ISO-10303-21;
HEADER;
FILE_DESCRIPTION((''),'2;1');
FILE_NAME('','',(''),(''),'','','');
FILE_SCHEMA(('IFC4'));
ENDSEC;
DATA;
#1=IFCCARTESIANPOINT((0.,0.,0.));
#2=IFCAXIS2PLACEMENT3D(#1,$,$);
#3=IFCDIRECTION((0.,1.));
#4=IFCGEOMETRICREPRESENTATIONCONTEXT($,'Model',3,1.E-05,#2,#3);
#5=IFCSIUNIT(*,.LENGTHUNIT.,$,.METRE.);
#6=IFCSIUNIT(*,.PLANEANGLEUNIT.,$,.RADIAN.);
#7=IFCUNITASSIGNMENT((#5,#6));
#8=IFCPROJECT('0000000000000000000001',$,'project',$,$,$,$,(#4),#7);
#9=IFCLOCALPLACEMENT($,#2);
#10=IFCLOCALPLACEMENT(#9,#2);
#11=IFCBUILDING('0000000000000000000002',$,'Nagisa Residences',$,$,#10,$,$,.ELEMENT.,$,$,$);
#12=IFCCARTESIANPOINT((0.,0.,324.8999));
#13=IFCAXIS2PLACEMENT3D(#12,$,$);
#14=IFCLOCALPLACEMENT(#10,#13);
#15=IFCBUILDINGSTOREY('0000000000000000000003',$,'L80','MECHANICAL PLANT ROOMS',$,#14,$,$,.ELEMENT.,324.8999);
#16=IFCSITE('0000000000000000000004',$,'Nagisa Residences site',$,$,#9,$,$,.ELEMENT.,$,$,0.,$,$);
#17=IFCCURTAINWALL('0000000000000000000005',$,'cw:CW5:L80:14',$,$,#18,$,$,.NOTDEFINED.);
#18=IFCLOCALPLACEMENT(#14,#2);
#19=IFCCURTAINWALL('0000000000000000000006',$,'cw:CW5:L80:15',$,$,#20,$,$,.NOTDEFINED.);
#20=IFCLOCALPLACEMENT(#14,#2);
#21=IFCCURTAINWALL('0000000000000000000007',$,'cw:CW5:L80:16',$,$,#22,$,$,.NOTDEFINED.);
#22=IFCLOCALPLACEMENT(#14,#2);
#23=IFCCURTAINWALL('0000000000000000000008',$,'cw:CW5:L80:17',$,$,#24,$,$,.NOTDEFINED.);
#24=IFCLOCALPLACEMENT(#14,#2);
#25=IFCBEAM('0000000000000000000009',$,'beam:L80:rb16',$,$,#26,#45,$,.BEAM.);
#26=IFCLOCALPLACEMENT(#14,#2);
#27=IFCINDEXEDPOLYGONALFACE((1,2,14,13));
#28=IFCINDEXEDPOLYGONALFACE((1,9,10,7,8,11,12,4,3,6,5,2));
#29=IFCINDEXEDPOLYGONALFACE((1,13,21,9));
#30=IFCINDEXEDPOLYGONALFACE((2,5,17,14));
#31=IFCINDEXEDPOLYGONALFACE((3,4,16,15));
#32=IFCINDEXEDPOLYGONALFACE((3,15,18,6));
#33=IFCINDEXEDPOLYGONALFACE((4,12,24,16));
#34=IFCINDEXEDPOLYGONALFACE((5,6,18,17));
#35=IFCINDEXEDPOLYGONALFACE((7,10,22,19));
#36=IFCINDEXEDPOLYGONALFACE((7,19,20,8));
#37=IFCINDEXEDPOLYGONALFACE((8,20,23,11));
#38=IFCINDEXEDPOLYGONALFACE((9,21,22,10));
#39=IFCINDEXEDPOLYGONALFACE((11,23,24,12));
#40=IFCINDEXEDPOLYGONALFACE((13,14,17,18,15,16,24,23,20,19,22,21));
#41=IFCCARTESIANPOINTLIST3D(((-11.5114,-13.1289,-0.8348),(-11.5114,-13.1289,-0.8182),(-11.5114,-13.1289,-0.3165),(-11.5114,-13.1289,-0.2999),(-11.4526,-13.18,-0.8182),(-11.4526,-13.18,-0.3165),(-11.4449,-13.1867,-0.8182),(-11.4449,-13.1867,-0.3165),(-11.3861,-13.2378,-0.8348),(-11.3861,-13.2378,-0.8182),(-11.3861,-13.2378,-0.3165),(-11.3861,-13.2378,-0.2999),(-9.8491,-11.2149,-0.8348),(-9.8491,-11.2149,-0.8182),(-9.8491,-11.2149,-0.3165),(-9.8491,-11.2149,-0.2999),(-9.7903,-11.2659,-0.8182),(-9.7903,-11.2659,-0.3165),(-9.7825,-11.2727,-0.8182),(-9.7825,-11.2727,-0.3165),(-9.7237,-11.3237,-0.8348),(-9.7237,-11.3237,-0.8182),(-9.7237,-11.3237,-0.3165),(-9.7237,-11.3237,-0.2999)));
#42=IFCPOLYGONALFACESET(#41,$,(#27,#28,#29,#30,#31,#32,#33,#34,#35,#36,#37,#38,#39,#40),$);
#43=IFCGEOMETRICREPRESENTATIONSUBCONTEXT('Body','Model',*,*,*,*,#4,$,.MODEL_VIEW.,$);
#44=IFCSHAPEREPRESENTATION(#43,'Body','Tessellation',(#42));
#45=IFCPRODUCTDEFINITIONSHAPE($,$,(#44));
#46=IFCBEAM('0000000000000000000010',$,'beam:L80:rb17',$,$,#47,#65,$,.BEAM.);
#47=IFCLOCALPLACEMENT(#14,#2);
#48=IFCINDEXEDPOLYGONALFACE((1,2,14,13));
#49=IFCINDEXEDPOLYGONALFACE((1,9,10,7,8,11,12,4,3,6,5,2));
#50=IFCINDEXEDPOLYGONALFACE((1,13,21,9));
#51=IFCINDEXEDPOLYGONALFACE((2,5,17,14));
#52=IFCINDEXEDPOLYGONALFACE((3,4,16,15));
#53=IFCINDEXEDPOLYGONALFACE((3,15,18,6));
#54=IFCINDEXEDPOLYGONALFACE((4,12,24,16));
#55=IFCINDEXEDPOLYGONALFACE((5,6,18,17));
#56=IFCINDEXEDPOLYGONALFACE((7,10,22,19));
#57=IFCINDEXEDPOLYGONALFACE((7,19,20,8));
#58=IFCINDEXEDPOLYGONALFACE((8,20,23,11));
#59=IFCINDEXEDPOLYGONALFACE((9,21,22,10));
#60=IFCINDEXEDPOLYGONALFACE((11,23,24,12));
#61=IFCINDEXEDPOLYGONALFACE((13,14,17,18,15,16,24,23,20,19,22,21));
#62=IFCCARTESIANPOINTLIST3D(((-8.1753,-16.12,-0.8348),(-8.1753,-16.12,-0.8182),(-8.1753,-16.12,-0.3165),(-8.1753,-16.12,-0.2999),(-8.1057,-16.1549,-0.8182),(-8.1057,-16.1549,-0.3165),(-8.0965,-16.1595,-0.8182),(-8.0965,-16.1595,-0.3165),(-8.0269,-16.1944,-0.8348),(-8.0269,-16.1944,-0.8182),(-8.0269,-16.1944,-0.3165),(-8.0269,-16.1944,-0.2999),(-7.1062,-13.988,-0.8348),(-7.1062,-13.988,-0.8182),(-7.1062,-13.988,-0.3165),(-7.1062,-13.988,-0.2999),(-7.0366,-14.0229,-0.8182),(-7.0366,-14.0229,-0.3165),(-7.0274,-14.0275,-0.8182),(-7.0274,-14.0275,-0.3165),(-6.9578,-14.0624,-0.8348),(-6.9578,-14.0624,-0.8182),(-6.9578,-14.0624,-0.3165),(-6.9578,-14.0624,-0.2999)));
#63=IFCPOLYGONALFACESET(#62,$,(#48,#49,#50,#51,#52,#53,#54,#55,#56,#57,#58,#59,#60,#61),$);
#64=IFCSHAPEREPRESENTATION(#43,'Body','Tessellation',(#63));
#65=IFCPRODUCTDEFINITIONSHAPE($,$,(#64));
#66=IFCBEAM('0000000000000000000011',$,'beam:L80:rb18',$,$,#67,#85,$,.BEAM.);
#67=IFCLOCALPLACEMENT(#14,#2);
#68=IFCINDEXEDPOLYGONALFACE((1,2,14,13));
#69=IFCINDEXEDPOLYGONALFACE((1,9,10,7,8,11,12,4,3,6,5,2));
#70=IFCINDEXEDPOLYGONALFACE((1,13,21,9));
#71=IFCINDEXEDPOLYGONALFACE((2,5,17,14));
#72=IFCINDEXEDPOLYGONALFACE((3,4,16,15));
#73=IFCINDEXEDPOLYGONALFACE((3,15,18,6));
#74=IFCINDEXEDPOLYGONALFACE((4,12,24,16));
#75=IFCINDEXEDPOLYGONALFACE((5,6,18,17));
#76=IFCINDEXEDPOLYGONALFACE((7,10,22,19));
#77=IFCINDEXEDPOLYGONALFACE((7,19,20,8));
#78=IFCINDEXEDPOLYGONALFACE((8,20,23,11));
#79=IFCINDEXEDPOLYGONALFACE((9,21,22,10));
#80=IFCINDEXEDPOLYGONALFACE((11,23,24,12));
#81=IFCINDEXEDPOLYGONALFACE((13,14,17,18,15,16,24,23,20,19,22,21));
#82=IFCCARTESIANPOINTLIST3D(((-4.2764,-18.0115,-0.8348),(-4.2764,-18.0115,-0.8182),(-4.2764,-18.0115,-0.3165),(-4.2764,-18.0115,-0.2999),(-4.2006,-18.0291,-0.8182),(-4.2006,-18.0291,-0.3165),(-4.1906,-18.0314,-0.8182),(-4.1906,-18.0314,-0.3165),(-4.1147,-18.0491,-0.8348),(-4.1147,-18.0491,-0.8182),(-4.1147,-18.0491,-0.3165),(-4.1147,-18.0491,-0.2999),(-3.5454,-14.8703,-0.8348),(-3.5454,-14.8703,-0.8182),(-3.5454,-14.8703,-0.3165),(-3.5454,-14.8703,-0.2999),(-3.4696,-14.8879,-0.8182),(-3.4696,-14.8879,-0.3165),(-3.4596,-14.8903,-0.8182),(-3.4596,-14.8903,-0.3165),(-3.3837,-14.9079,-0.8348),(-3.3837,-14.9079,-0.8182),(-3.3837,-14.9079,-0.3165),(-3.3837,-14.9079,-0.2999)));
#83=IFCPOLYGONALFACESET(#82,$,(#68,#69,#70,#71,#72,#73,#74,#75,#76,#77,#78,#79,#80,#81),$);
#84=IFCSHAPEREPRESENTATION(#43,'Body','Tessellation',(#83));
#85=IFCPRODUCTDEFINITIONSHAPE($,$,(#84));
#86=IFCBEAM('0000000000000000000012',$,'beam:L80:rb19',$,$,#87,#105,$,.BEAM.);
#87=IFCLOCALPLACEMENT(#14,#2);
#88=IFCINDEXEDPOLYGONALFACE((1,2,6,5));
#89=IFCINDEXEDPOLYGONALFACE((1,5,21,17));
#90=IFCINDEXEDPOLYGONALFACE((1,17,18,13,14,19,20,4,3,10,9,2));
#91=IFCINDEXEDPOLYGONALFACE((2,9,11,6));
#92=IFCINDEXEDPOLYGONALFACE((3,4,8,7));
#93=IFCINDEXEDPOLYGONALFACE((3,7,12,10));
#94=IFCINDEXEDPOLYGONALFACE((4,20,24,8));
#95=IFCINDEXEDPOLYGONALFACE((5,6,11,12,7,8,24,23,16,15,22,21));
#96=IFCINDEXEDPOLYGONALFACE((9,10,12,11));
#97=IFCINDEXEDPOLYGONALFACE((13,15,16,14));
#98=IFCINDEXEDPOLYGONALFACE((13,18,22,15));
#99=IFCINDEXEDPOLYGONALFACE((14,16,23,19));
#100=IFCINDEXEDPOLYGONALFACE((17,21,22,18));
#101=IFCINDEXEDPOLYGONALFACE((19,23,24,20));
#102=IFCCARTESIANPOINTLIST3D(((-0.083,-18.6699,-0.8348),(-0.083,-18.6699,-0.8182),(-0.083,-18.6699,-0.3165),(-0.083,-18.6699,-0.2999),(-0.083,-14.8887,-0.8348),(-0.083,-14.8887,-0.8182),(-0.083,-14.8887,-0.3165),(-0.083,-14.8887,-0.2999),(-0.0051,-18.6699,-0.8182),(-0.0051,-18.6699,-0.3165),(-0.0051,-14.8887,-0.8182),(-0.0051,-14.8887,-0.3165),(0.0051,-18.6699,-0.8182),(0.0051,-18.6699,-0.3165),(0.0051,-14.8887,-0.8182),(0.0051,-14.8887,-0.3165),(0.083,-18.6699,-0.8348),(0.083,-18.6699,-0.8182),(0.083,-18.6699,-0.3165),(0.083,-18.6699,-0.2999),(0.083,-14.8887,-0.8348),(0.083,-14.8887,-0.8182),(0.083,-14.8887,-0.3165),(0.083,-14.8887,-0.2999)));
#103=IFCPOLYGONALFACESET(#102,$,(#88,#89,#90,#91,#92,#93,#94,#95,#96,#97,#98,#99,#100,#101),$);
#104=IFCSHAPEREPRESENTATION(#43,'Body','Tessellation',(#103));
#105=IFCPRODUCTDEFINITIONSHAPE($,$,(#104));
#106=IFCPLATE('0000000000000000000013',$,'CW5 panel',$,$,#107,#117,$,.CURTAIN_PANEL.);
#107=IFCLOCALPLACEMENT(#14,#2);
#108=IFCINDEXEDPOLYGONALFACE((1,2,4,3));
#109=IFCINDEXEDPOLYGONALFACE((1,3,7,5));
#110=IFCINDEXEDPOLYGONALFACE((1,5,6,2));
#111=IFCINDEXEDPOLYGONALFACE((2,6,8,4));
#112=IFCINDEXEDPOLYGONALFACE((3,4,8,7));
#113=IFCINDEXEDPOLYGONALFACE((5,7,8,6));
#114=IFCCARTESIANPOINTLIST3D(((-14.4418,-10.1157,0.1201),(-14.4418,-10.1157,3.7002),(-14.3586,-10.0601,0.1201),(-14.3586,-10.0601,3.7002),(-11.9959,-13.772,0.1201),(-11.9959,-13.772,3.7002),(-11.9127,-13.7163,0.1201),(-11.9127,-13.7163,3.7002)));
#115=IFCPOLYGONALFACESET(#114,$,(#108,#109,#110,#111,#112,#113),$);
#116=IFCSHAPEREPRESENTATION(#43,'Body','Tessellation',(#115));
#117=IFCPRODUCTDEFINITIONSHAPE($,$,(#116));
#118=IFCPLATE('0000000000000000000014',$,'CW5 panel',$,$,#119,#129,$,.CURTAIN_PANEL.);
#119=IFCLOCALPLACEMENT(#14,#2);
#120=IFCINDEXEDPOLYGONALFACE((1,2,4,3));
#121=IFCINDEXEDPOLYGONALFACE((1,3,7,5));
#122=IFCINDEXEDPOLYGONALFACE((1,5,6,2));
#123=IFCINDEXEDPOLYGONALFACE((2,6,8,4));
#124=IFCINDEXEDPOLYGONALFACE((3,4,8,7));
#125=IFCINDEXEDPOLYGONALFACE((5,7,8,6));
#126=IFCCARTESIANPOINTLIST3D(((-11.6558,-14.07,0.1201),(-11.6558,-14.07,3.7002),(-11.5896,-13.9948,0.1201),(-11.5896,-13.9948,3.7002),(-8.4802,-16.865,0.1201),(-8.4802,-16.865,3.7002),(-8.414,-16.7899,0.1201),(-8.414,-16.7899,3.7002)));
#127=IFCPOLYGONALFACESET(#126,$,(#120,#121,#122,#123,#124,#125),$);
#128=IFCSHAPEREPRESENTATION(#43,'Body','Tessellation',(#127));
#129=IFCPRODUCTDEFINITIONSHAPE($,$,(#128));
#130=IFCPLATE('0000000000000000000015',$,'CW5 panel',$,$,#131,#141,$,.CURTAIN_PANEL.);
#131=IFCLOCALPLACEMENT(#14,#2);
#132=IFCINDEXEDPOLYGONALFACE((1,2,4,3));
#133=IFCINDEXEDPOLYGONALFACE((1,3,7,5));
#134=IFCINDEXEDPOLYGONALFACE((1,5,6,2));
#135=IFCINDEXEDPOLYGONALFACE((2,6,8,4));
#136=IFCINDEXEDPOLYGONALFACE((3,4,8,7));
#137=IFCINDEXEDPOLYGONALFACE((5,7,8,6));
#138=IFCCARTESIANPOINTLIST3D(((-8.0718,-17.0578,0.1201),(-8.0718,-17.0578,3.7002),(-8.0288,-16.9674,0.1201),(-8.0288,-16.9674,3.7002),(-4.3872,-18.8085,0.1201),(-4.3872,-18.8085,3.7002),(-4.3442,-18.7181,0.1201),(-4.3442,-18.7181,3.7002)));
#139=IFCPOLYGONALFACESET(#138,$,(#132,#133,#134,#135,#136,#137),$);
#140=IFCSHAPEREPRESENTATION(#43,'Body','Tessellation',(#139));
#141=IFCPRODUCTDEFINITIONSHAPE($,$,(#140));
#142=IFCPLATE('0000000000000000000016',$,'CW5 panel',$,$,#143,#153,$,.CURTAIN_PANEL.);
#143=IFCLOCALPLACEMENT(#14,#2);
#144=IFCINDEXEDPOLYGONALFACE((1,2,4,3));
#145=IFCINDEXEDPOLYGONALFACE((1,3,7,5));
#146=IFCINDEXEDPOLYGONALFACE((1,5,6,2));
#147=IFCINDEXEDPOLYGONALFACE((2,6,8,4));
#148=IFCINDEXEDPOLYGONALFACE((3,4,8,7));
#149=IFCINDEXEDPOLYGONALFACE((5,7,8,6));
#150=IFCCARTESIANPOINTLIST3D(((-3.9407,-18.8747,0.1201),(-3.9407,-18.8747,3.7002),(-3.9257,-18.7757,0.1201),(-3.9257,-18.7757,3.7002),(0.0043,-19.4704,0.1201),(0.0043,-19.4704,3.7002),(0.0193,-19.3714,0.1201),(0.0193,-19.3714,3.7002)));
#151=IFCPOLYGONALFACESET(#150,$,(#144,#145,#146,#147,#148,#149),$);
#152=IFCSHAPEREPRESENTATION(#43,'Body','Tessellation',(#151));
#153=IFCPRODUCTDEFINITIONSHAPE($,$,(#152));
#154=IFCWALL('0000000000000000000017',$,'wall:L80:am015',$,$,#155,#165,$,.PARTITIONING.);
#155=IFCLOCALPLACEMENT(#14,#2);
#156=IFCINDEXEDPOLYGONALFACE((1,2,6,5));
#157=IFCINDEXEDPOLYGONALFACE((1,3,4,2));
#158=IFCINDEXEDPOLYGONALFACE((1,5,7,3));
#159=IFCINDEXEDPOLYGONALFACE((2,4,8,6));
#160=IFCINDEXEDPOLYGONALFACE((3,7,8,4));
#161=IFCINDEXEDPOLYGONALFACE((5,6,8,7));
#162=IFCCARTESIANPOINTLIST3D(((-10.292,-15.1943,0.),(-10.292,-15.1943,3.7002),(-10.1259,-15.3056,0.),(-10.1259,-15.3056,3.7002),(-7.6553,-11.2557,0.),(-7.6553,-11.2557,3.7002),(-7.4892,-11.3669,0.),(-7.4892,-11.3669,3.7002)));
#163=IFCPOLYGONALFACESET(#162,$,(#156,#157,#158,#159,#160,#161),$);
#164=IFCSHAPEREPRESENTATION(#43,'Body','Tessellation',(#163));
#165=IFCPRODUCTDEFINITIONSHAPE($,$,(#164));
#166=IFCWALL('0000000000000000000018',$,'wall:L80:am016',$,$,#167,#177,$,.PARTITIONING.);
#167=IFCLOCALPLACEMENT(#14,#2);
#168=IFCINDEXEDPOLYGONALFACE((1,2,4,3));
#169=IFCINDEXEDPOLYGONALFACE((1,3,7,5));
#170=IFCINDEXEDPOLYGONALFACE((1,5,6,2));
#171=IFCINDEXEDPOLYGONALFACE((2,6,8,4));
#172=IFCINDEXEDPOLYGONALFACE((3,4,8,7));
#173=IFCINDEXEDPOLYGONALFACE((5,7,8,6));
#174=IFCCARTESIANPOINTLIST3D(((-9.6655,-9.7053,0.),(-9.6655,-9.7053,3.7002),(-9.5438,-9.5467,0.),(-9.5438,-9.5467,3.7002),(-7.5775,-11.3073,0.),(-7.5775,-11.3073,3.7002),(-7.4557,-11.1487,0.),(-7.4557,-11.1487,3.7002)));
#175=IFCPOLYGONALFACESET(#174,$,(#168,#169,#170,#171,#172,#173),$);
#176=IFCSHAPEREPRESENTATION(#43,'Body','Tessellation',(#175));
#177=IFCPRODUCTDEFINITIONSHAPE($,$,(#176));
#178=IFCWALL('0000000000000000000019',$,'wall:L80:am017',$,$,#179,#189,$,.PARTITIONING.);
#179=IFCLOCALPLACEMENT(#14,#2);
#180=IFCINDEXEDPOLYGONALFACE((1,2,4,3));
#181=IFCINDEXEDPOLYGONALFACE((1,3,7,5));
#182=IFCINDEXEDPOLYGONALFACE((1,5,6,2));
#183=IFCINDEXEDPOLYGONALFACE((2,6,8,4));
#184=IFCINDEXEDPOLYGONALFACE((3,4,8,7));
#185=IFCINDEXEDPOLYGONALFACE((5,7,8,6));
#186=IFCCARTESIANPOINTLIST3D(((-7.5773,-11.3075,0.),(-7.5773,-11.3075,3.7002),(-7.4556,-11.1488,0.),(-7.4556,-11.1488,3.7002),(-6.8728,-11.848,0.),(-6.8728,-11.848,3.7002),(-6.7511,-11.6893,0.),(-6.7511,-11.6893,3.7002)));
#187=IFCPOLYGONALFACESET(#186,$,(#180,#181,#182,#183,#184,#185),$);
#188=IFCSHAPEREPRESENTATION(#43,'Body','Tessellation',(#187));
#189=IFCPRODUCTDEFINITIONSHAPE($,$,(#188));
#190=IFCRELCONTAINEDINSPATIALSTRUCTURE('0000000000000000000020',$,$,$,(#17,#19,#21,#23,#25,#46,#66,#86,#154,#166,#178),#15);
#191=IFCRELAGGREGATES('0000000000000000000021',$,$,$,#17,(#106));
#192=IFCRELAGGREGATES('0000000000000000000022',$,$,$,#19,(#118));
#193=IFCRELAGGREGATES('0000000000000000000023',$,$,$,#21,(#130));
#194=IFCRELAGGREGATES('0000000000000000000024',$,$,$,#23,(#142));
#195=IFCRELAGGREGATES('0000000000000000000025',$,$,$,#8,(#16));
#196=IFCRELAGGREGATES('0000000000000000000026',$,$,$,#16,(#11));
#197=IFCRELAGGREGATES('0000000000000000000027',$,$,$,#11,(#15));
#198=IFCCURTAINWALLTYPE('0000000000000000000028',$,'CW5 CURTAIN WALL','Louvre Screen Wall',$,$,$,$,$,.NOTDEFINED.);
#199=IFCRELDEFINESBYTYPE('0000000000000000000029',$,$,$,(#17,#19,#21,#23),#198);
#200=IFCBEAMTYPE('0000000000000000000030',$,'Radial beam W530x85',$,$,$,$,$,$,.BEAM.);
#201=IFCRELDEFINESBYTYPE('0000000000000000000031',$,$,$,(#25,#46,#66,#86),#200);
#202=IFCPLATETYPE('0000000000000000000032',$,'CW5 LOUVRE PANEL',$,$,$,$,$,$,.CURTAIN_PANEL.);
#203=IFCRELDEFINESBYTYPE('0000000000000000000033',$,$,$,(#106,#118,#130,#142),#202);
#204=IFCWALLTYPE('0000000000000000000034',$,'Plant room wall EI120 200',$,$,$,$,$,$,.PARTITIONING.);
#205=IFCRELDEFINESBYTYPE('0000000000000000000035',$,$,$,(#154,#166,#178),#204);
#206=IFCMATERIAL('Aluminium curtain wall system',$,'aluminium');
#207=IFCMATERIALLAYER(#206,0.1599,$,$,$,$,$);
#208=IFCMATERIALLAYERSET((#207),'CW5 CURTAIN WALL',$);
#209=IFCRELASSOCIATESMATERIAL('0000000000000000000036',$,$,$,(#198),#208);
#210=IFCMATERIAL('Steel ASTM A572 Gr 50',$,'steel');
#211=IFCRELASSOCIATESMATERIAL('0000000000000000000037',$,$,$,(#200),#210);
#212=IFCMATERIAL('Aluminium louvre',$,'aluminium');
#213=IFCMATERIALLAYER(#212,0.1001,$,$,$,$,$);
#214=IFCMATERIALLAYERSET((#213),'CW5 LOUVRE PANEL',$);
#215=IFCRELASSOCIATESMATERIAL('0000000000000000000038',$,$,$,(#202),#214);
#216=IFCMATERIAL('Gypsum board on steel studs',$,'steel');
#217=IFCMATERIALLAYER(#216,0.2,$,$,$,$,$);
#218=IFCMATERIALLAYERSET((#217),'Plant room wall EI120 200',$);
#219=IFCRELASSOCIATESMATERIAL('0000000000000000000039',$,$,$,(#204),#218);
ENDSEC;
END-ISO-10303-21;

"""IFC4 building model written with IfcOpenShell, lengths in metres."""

from ifc_helpers import new_model, si_unit, direction, frame, frame_2d, origin, origin_2d, place, context, subcontext, project, spatial, rectangle, i_section, extrude, material, layer, layer_set, material_profile, profile_set, type_object, element, aggregate, save


model = new_model("IFC4")

# Units and contexts
model_context = context("Model", 3, precision=1e-05, world=origin(), true_north=direction((0.0, 1.0)))
body_context = subcontext(model_context, "Body", "Model", "MODEL_VIEW")
ifc_project = project(units=[si_unit("LENGTHUNIT", "METRE"), si_unit("PLANEANGLEUNIT", "RADIAN")], contexts=[model_context])

# Site, building, storey
site_placement = place(None, origin())
site = spatial("IfcSite", under=ifc_project, at=site_placement, Name="Nagisa Residences site", CompositionType="ELEMENT", RefElevation=0.0)
building_placement = place(site_placement, origin())
building = spatial("IfcBuilding", under=site, at=building_placement, Name="Nagisa Residences", CompositionType="ELEMENT")
storey_placement = place(building_placement, frame((0.0, 0.0, 324.8999)))
storey = spatial("IfcBuildingStorey", under=building, at=storey_placement, Name="L80", Description="MECHANICAL PLANT ROOMS", CompositionType="ELEMENT", Elevation=324.8999)

# Curtain walls
ifc_material_1 = material(Name="Aluminium curtain wall system", Category="aluminium")
ifc_layer_1 = layer(ifc_material_1, 0.1599)
ifc_layer_set_1 = layer_set([ifc_layer_1], Name="CW5 CURTAIN WALL")
curtain_wall_type = type_object("IfcCurtainWallType", Name="CW5 CURTAIN WALL", Description="Louvre Screen Wall", PredefinedType="NOTDEFINED", material=ifc_layer_set_1)
curtain_wall_1_placement = place(storey_placement, origin())
curtain_wall_1 = element("IfcCurtainWall", 1, at=curtain_wall_1_placement, inside=storey, type_object=curtain_wall_type, Name="cw:CW5:L80:14", PredefinedType="NOTDEFINED")
curtain_wall_2_placement = place(storey_placement, origin())
curtain_wall_2 = element("IfcCurtainWall", 2, at=curtain_wall_2_placement, inside=storey, type_object=curtain_wall_type, Name="cw:CW5:L80:15", PredefinedType="NOTDEFINED")
curtain_wall_3_placement = place(storey_placement, origin())
curtain_wall_3 = element("IfcCurtainWall", 3, at=curtain_wall_3_placement, inside=storey, type_object=curtain_wall_type, Name="cw:CW5:L80:16", PredefinedType="NOTDEFINED")
curtain_wall_4_placement = place(storey_placement, origin())
curtain_wall_4 = element("IfcCurtainWall", 4, at=curtain_wall_4_placement, inside=storey, type_object=curtain_wall_type, Name="cw:CW5:L80:17", PredefinedType="NOTDEFINED")

# Beams
ifc_material_2 = material(Name="Steel ASTM A572 Gr 50", Category="steel")
ifc_material_profile_1 = material_profile(ifc_material_2, i_section(OverallWidth=0.166, OverallDepth=0.5349, WebThickness=0.0103, FlangeThickness=0.0166, at=origin_2d()), Name="W530x85")
ifc_profile_set_1 = profile_set([ifc_material_profile_1], Name="Steel ASTM A572 Gr 50")
beam_type_1 = type_object("IfcBeamType", Name="Radial beam W530x85", PredefinedType="BEAM", material=ifc_profile_set_1)
beam_1_placement = place(storey_placement, frame((-11.4487, -13.1833, -0.5674), z_axis=(0.655718, 0.755006, 0.0), x_axis=(-0.755006, 0.655718, 0.0)))
element("IfcBeam", 5, at=beam_1_placement, inside=storey, type_object=beam_type_1, Name="beam:L80:rb16", PredefinedType="BEAM", context=body_context, shape_type="SweptSolid", body=[
    extrude(i_section(OverallWidth=0.166, OverallDepth=0.5349, WebThickness=0.0103, FlangeThickness=0.0166, at=origin_2d()), origin(), (0.0, 0.0, 1.0), 2.5352),
])
beam_2_placement = place(storey_placement, frame((-8.1011, -16.1572, -0.5674), z_axis=(0.448237, 0.893915, 0.0), x_axis=(-0.893915, 0.448237, 0.0)))
element("IfcBeam", 6, at=beam_2_placement, inside=storey, type_object=beam_type_1, Name="beam:L80:rb17", PredefinedType="BEAM", context=body_context, shape_type="SweptSolid", body=[
    extrude(i_section(OverallWidth=0.166, OverallDepth=0.5349, WebThickness=0.0103, FlangeThickness=0.0166, at=origin_2d()), origin(), (0.0, 0.0, 1.0), 2.385),
])
beam_3_placement = place(storey_placement, frame((-4.1956, -18.0303, -0.5674), z_axis=(0.22665, 0.973976, 0.0), x_axis=(-0.973976, 0.22665, 0.0)))
element("IfcBeam", 7, at=beam_3_placement, inside=storey, type_object=beam_type_1, Name="beam:L80:rb18", PredefinedType="BEAM", context=body_context, shape_type="SweptSolid", body=[
    extrude(i_section(OverallWidth=0.166, OverallDepth=0.5349, WebThickness=0.0103, FlangeThickness=0.0166, at=origin_2d()), origin(), (0.0, 0.0, 1.0), 3.2251),
])
beam_4_placement = place(storey_placement, frame((0.0, -18.6699, -0.5674), z_axis=(0.0, 1.0, 0.0), x_axis=(-1.0, 0.0, 0.0)))
element("IfcBeam", 8, at=beam_4_placement, inside=storey, type_object=beam_type_1, Name="beam:L80:rb19", PredefinedType="BEAM", context=body_context, shape_type="SweptSolid", body=[
    extrude(i_section(OverallWidth=0.166, OverallDepth=0.5349, WebThickness=0.0103, FlangeThickness=0.0166, at=origin_2d()), origin(), (0.0, 0.0, 1.0), 3.7812),
])

# Plates
ifc_material_3 = material(Name="Aluminium louvre", Category="aluminium")
ifc_layer_2 = layer(ifc_material_3, 0.1001)
ifc_layer_set_2 = layer_set([ifc_layer_2], Name="CW5 LOUVRE PANEL")
plate_type = type_object("IfcPlateType", Name="CW5 LOUVRE PANEL", PredefinedType="CURTAIN_PANEL", material=ifc_layer_set_2)
plate_1_placement = place(storey_placement, frame((-13.1772, -11.916, 0.1201), z_axis=(0.0, 0.0, 1.0), x_axis=(0.556014, -0.831173, 0.0)))
plate_1 = element("IfcPlate", 9, at=plate_1_placement, type_object=plate_type, Name="CW5 panel", PredefinedType="CURTAIN_PANEL", context=body_context, shape_type="SweptSolid", body=[
    extrude(rectangle(XDim=4.3989, YDim=0.1001, at=origin_2d()), origin(), (0.0, 0.0, 1.0), 3.5801),
])
aggregate(curtain_wall_1, [plate_1])
plate_2_placement = place(storey_placement, frame((-10.0349, -15.4299, 0.1201), z_axis=(0.0, 0.0, 1.0), x_axis=(0.750651, -0.660699, 0.0)))
plate_2 = element("IfcPlate", 10, at=plate_2_placement, type_object=plate_type, Name="CW5 panel", PredefinedType="CURTAIN_PANEL", context=body_context, shape_type="SweptSolid", body=[
    extrude(rectangle(XDim=4.2305, YDim=0.1001, at=origin_2d()), origin(), (0.0, 0.0, 1.0), 3.5801),
])
aggregate(curtain_wall_2, [plate_2])
plate_3_placement = place(storey_placement, frame((-6.208, -17.8879, 0.1201), z_axis=(0.0, 0.0, 1.0), x_axis=(0.903233, -0.429151, 0.0)))
plate_3 = element("IfcPlate", 11, at=plate_3_placement, type_object=plate_type, Name="CW5 panel", PredefinedType="CURTAIN_PANEL", context=body_context, shape_type="SweptSolid", body=[
    extrude(rectangle(XDim=4.0793, YDim=0.1001, at=origin_2d()), origin(), (0.0, 0.0, 1.0), 3.5801),
])
aggregate(curtain_wall_3, [plate_3])
plate_4_placement = place(storey_placement, frame((-1.9607, -19.123, 0.1201), z_axis=(0.0, 0.0, 1.0), x_axis=(0.988789, -0.14932, 0.0)))
plate_4 = element("IfcPlate", 12, at=plate_4_placement, type_object=plate_type, Name="CW5 panel", PredefinedType="CURTAIN_PANEL", context=body_context, shape_type="SweptSolid", body=[
    extrude(rectangle(XDim=3.9897, YDim=0.1001, at=origin_2d()), origin(), (0.0, 0.0, 1.0), 3.5801),
])
aggregate(curtain_wall_4, [plate_4])

# Walls
ifc_material_4 = material(Name="Gypsum board on steel studs", Category="steel")
ifc_layer_3 = layer(ifc_material_4, 0.2)
ifc_layer_set_3 = layer_set([ifc_layer_3], Name="Plant room wall EI120 200")
wall_type = type_object("IfcWallType", Name="Plant room wall EI120 200", PredefinedType="PARTITIONING", material=ifc_layer_set_3)
wall_1_placement = place(storey_placement, frame((-7.5723, -11.3113, 0.0), z_axis=(0.0, 0.0, 1.0), x_axis=(-0.556292, -0.830987, 0.0)))
element("IfcWall", 13, at=wall_1_placement, inside=storey, type_object=wall_type, Name="wall:L80:am015", PredefinedType="PARTITIONING", context=body_context, shape_type="SweptSolid", body=[
    extrude(rectangle(XDim=4.7397, YDim=0.2, at=frame_2d((2.3699, 0.0))), origin(), (0.0, 0.0, 1.0), 3.7002),
])
wall_2_placement = place(storey_placement, frame((-7.5166, -11.228, 0.0), z_axis=(0.0, 0.0, 1.0), x_axis=(-0.793396, 0.608706, 0.0)))
element("IfcWall", 14, at=wall_2_placement, inside=storey, type_object=wall_type, Name="wall:L80:am016", PredefinedType="PARTITIONING", context=body_context, shape_type="SweptSolid", body=[
    extrude(rectangle(XDim=2.6318, YDim=0.2, at=frame_2d((1.3159, 0.0))), origin(), (0.0, 0.0, 1.0), 3.7002),
])
wall_3_placement = place(storey_placement, frame((-6.812, -11.7686, 0.0), z_axis=(0.0, 0.0, 1.0), x_axis=(-0.79342, 0.608674, 0.0)))
element("IfcWall", 15, at=wall_3_placement, inside=storey, type_object=wall_type, Name="wall:L80:am017", PredefinedType="PARTITIONING", context=body_context, shape_type="SweptSolid", body=[
    extrude(rectangle(XDim=0.8879, YDim=0.2, at=frame_2d((0.4438, 0.0))), origin(), (0.0, 0.0, 1.0), 3.7002),
])

save(model, "model.ifc")
